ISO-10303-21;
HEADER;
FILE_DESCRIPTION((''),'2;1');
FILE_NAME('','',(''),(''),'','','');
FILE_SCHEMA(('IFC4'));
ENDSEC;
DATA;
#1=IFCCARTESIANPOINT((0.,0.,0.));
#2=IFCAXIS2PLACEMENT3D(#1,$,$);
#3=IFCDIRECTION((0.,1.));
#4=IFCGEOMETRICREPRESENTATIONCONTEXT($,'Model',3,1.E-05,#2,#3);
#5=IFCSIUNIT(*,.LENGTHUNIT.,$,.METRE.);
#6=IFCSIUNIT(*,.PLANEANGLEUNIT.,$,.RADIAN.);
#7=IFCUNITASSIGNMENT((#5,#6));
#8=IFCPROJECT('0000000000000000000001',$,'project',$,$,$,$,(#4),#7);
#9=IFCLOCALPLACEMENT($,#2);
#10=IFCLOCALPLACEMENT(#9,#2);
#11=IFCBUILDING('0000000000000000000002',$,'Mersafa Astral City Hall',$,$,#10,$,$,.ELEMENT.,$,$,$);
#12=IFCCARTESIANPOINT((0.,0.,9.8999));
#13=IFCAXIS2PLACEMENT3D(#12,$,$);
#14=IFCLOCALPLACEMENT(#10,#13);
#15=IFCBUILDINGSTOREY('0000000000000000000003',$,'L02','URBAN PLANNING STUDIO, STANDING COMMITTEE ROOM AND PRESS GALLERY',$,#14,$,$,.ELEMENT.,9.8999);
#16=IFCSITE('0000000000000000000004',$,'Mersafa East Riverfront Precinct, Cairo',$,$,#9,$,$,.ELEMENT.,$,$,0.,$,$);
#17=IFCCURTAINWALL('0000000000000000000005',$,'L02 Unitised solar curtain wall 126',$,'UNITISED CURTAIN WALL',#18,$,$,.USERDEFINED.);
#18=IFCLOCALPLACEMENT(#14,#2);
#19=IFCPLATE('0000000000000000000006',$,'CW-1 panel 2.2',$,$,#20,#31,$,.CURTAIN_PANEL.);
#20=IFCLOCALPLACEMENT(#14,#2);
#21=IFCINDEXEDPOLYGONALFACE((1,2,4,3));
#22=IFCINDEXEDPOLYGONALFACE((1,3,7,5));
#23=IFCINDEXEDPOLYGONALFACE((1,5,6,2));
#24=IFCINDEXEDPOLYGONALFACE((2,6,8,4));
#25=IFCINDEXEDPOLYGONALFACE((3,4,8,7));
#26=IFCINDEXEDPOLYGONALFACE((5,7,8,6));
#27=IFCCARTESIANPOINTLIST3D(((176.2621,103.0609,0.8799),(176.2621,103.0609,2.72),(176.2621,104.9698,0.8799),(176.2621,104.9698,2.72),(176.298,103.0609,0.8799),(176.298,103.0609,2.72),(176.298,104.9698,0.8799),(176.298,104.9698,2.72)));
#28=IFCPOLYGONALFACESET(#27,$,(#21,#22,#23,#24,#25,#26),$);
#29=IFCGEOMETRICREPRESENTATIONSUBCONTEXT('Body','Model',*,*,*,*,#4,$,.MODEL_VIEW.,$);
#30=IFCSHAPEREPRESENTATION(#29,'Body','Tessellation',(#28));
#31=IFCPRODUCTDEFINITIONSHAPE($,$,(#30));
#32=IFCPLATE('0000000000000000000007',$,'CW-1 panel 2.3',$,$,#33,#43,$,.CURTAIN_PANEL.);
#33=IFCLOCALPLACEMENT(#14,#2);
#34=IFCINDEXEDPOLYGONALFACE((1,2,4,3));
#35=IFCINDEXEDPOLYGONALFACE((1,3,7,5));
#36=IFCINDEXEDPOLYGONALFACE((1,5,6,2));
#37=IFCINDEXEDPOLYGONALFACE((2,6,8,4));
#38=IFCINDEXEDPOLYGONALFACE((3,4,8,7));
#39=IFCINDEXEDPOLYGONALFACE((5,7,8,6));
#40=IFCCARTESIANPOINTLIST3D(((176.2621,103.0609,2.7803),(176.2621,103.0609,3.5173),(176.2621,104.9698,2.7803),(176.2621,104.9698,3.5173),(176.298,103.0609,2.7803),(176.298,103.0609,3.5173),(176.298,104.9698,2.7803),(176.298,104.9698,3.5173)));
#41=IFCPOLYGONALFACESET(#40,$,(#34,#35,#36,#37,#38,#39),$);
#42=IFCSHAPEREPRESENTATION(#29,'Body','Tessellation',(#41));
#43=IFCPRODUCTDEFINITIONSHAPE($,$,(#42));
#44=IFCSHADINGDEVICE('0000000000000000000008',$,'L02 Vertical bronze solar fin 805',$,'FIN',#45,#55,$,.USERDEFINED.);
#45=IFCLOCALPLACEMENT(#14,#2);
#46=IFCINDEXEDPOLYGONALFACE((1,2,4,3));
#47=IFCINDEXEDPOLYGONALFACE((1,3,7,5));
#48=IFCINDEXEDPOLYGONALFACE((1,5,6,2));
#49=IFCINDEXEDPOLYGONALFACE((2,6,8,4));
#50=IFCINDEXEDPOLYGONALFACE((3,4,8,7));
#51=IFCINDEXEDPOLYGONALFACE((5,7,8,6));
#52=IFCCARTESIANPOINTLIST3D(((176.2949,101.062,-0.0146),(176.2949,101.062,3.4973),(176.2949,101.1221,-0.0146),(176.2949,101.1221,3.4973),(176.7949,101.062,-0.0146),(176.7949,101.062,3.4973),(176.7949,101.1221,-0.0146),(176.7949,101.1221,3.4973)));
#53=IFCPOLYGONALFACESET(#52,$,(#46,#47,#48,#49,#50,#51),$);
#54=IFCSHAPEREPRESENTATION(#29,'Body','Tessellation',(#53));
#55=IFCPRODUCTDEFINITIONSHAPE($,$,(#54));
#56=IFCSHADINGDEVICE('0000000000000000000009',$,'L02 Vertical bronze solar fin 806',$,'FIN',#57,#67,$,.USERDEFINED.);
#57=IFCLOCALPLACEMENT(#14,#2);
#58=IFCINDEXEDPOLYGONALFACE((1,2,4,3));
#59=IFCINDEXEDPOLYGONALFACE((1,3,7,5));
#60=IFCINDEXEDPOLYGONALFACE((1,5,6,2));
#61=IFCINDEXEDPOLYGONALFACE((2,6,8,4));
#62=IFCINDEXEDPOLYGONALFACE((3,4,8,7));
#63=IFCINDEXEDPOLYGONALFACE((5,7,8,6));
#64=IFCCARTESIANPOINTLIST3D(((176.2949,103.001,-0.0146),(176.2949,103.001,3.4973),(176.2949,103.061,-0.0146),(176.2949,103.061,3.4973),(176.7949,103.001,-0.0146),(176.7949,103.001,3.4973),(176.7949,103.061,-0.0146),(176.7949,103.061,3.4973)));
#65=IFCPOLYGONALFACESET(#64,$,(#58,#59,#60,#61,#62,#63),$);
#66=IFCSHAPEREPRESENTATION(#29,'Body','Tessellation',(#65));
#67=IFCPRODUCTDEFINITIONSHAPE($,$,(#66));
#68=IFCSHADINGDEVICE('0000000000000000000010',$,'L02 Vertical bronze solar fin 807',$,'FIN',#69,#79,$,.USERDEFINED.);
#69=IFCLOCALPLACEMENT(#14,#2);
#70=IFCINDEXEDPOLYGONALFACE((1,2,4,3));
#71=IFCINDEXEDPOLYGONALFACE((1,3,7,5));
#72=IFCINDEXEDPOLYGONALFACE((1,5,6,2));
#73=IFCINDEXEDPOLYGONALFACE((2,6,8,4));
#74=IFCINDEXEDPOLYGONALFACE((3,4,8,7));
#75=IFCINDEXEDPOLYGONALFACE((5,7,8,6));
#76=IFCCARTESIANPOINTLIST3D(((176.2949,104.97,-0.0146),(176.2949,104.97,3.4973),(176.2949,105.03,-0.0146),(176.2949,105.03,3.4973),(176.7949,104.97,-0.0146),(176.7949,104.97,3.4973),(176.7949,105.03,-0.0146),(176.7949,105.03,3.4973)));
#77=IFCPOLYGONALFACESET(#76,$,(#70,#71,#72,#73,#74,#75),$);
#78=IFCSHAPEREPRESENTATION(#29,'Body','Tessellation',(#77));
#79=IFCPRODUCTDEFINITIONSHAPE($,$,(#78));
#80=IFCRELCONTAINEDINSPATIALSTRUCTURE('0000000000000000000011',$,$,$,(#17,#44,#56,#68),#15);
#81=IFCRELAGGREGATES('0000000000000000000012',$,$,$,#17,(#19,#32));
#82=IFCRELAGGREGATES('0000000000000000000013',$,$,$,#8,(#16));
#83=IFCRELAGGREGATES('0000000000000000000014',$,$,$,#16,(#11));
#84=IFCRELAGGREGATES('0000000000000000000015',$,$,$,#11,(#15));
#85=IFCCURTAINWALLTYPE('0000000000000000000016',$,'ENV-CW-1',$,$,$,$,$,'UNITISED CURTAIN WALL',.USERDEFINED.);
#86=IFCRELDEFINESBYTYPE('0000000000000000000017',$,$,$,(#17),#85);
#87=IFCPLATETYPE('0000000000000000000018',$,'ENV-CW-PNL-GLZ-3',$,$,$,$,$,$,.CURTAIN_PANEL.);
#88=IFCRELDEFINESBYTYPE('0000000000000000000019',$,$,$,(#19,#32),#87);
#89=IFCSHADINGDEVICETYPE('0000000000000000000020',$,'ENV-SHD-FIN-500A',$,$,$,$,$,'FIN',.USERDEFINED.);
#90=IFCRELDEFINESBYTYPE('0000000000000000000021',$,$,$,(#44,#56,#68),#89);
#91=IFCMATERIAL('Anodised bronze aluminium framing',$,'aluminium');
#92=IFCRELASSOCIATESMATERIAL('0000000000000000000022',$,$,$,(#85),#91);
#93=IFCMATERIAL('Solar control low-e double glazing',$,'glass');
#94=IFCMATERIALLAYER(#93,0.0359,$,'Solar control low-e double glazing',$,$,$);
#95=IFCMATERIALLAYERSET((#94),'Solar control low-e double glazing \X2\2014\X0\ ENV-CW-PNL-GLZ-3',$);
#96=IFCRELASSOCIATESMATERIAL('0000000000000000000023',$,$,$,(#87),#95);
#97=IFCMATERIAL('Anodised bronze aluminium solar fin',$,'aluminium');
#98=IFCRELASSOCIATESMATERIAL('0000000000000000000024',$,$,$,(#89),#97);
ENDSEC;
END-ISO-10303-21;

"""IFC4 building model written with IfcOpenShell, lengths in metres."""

from ifc_helpers import new_model, si_unit, direction, frame, origin, origin_2d, place, context, subcontext, project, spatial, rectangle, extrude, material, layer, layer_set, type_object, element, aggregate, save


model = new_model("IFC4")

# Units and contexts
model_context = context("Model", 3, precision=1e-05, world=origin(), true_north=direction((0.0, 1.0)))
body_context = subcontext(model_context, "Body", "Model", "MODEL_VIEW")
ifc_project = project(units=[si_unit("LENGTHUNIT", "METRE"), si_unit("PLANEANGLEUNIT", "RADIAN")], contexts=[model_context])

# Site, building, storey
site_placement = place(None, origin())
site = spatial("IfcSite", under=ifc_project, at=site_placement, Name="Mersafa East Riverfront Precinct, Cairo", CompositionType="ELEMENT", RefElevation=0.0)
building_placement = place(site_placement, origin())
building = spatial("IfcBuilding", under=site, at=building_placement, Name="Mersafa Astral City Hall", CompositionType="ELEMENT")
storey_placement = place(building_placement, frame((0.0, 0.0, 9.8999)))
storey = spatial("IfcBuildingStorey", under=building, at=storey_placement, Name="L02", Description="URBAN PLANNING STUDIO, STANDING COMMITTEE ROOM AND PRESS GALLERY", CompositionType="ELEMENT", Elevation=9.8999)

# Curtain wall
ifc_material_1 = material(Name="Anodised bronze aluminium framing", Category="aluminium")
curtain_wall_type = type_object("IfcCurtainWallType", Name="ENV-CW-1", ElementType="UNITISED CURTAIN WALL", PredefinedType="USERDEFINED", material=ifc_material_1)
curtain_wall_placement = place(storey_placement, origin())
curtain_wall = element("IfcCurtainWall", 1, at=curtain_wall_placement, inside=storey, type_object=curtain_wall_type, Name="L02 Unitised solar curtain wall 126", ObjectType="UNITISED CURTAIN WALL", PredefinedType="USERDEFINED")

# Plates
ifc_material_2 = material(Name="Solar control low-e double glazing", Category="glass")
ifc_layer = layer(ifc_material_2, 0.0359, Name="Solar control low-e double glazing")
ifc_layer_set = layer_set([ifc_layer], Name="Solar control low-e double glazing — ENV-CW-PNL-GLZ-3")
plate_type = type_object("IfcPlateType", Name="ENV-CW-PNL-GLZ-3", PredefinedType="CURTAIN_PANEL", material=ifc_layer_set)
plate_1_placement = place(storey_placement, frame((176.28, 104.0154, 0.8799), z_axis=(0.0, 0.0, 1.0), x_axis=(0.0, 1.0, 0.0)))
plate_1 = element("IfcPlate", 2, at=plate_1_placement, type_object=plate_type, Name="CW-1 panel 2.2", PredefinedType="CURTAIN_PANEL", context=body_context, shape_type="SweptSolid", body=[
    extrude(rectangle(XDim=1.9089, YDim=0.0359, at=origin_2d()), origin(), (0.0, 0.0, 1.0), 1.8401),
])
plate_2_placement = place(storey_placement, frame((176.28, 104.0154, 2.7803), z_axis=(0.0, 0.0, 1.0), x_axis=(0.0, 1.0, 0.0)))
plate_2 = element("IfcPlate", 3, at=plate_2_placement, type_object=plate_type, Name="CW-1 panel 2.3", PredefinedType="CURTAIN_PANEL", context=body_context, shape_type="SweptSolid", body=[
    extrude(rectangle(XDim=1.9089, YDim=0.0359, at=origin_2d()), origin(), (0.0, 0.0, 1.0), 0.7371),
])
aggregate(curtain_wall, [plate_1, plate_2])

# Shading devices
ifc_material_3 = material(Name="Anodised bronze aluminium solar fin", Category="aluminium")
shading_device_type = type_object("IfcShadingDeviceType", Name="ENV-SHD-FIN-500A", ElementType="FIN", PredefinedType="USERDEFINED", material=ifc_material_3)
for number, where, z_axis, x_axis, name in (
    (4, (176.5449, 101.092, -0.0146), (0.0, 0.0, 1.0), (0.0, 1.0, 0.0), "L02 Vertical bronze solar fin 805"),
    (5, (176.5449, 103.031, -0.0146), (0.0, 0.0, 1.0), (0.0, 1.0, 0.0), "L02 Vertical bronze solar fin 806"),
    (6, (176.5449, 105.0, -0.0146), (0.0, 0.0, 1.0), (0.0, 1.0, 0.0), "L02 Vertical bronze solar fin 807"),
):
    element("IfcShadingDevice", number, at=place(storey_placement, frame(where, z_axis=z_axis, x_axis=x_axis)), inside=storey, type_object=shading_device_type, Name=name, ObjectType="FIN", PredefinedType="USERDEFINED", context=body_context, shape_type="SweptSolid", body=[
        extrude(rectangle(XDim=0.0601, YDim=0.5, at=origin_2d()), origin(), (0.0, 0.0, 1.0), 3.512),
    ])

save(model, "model.ifc")
